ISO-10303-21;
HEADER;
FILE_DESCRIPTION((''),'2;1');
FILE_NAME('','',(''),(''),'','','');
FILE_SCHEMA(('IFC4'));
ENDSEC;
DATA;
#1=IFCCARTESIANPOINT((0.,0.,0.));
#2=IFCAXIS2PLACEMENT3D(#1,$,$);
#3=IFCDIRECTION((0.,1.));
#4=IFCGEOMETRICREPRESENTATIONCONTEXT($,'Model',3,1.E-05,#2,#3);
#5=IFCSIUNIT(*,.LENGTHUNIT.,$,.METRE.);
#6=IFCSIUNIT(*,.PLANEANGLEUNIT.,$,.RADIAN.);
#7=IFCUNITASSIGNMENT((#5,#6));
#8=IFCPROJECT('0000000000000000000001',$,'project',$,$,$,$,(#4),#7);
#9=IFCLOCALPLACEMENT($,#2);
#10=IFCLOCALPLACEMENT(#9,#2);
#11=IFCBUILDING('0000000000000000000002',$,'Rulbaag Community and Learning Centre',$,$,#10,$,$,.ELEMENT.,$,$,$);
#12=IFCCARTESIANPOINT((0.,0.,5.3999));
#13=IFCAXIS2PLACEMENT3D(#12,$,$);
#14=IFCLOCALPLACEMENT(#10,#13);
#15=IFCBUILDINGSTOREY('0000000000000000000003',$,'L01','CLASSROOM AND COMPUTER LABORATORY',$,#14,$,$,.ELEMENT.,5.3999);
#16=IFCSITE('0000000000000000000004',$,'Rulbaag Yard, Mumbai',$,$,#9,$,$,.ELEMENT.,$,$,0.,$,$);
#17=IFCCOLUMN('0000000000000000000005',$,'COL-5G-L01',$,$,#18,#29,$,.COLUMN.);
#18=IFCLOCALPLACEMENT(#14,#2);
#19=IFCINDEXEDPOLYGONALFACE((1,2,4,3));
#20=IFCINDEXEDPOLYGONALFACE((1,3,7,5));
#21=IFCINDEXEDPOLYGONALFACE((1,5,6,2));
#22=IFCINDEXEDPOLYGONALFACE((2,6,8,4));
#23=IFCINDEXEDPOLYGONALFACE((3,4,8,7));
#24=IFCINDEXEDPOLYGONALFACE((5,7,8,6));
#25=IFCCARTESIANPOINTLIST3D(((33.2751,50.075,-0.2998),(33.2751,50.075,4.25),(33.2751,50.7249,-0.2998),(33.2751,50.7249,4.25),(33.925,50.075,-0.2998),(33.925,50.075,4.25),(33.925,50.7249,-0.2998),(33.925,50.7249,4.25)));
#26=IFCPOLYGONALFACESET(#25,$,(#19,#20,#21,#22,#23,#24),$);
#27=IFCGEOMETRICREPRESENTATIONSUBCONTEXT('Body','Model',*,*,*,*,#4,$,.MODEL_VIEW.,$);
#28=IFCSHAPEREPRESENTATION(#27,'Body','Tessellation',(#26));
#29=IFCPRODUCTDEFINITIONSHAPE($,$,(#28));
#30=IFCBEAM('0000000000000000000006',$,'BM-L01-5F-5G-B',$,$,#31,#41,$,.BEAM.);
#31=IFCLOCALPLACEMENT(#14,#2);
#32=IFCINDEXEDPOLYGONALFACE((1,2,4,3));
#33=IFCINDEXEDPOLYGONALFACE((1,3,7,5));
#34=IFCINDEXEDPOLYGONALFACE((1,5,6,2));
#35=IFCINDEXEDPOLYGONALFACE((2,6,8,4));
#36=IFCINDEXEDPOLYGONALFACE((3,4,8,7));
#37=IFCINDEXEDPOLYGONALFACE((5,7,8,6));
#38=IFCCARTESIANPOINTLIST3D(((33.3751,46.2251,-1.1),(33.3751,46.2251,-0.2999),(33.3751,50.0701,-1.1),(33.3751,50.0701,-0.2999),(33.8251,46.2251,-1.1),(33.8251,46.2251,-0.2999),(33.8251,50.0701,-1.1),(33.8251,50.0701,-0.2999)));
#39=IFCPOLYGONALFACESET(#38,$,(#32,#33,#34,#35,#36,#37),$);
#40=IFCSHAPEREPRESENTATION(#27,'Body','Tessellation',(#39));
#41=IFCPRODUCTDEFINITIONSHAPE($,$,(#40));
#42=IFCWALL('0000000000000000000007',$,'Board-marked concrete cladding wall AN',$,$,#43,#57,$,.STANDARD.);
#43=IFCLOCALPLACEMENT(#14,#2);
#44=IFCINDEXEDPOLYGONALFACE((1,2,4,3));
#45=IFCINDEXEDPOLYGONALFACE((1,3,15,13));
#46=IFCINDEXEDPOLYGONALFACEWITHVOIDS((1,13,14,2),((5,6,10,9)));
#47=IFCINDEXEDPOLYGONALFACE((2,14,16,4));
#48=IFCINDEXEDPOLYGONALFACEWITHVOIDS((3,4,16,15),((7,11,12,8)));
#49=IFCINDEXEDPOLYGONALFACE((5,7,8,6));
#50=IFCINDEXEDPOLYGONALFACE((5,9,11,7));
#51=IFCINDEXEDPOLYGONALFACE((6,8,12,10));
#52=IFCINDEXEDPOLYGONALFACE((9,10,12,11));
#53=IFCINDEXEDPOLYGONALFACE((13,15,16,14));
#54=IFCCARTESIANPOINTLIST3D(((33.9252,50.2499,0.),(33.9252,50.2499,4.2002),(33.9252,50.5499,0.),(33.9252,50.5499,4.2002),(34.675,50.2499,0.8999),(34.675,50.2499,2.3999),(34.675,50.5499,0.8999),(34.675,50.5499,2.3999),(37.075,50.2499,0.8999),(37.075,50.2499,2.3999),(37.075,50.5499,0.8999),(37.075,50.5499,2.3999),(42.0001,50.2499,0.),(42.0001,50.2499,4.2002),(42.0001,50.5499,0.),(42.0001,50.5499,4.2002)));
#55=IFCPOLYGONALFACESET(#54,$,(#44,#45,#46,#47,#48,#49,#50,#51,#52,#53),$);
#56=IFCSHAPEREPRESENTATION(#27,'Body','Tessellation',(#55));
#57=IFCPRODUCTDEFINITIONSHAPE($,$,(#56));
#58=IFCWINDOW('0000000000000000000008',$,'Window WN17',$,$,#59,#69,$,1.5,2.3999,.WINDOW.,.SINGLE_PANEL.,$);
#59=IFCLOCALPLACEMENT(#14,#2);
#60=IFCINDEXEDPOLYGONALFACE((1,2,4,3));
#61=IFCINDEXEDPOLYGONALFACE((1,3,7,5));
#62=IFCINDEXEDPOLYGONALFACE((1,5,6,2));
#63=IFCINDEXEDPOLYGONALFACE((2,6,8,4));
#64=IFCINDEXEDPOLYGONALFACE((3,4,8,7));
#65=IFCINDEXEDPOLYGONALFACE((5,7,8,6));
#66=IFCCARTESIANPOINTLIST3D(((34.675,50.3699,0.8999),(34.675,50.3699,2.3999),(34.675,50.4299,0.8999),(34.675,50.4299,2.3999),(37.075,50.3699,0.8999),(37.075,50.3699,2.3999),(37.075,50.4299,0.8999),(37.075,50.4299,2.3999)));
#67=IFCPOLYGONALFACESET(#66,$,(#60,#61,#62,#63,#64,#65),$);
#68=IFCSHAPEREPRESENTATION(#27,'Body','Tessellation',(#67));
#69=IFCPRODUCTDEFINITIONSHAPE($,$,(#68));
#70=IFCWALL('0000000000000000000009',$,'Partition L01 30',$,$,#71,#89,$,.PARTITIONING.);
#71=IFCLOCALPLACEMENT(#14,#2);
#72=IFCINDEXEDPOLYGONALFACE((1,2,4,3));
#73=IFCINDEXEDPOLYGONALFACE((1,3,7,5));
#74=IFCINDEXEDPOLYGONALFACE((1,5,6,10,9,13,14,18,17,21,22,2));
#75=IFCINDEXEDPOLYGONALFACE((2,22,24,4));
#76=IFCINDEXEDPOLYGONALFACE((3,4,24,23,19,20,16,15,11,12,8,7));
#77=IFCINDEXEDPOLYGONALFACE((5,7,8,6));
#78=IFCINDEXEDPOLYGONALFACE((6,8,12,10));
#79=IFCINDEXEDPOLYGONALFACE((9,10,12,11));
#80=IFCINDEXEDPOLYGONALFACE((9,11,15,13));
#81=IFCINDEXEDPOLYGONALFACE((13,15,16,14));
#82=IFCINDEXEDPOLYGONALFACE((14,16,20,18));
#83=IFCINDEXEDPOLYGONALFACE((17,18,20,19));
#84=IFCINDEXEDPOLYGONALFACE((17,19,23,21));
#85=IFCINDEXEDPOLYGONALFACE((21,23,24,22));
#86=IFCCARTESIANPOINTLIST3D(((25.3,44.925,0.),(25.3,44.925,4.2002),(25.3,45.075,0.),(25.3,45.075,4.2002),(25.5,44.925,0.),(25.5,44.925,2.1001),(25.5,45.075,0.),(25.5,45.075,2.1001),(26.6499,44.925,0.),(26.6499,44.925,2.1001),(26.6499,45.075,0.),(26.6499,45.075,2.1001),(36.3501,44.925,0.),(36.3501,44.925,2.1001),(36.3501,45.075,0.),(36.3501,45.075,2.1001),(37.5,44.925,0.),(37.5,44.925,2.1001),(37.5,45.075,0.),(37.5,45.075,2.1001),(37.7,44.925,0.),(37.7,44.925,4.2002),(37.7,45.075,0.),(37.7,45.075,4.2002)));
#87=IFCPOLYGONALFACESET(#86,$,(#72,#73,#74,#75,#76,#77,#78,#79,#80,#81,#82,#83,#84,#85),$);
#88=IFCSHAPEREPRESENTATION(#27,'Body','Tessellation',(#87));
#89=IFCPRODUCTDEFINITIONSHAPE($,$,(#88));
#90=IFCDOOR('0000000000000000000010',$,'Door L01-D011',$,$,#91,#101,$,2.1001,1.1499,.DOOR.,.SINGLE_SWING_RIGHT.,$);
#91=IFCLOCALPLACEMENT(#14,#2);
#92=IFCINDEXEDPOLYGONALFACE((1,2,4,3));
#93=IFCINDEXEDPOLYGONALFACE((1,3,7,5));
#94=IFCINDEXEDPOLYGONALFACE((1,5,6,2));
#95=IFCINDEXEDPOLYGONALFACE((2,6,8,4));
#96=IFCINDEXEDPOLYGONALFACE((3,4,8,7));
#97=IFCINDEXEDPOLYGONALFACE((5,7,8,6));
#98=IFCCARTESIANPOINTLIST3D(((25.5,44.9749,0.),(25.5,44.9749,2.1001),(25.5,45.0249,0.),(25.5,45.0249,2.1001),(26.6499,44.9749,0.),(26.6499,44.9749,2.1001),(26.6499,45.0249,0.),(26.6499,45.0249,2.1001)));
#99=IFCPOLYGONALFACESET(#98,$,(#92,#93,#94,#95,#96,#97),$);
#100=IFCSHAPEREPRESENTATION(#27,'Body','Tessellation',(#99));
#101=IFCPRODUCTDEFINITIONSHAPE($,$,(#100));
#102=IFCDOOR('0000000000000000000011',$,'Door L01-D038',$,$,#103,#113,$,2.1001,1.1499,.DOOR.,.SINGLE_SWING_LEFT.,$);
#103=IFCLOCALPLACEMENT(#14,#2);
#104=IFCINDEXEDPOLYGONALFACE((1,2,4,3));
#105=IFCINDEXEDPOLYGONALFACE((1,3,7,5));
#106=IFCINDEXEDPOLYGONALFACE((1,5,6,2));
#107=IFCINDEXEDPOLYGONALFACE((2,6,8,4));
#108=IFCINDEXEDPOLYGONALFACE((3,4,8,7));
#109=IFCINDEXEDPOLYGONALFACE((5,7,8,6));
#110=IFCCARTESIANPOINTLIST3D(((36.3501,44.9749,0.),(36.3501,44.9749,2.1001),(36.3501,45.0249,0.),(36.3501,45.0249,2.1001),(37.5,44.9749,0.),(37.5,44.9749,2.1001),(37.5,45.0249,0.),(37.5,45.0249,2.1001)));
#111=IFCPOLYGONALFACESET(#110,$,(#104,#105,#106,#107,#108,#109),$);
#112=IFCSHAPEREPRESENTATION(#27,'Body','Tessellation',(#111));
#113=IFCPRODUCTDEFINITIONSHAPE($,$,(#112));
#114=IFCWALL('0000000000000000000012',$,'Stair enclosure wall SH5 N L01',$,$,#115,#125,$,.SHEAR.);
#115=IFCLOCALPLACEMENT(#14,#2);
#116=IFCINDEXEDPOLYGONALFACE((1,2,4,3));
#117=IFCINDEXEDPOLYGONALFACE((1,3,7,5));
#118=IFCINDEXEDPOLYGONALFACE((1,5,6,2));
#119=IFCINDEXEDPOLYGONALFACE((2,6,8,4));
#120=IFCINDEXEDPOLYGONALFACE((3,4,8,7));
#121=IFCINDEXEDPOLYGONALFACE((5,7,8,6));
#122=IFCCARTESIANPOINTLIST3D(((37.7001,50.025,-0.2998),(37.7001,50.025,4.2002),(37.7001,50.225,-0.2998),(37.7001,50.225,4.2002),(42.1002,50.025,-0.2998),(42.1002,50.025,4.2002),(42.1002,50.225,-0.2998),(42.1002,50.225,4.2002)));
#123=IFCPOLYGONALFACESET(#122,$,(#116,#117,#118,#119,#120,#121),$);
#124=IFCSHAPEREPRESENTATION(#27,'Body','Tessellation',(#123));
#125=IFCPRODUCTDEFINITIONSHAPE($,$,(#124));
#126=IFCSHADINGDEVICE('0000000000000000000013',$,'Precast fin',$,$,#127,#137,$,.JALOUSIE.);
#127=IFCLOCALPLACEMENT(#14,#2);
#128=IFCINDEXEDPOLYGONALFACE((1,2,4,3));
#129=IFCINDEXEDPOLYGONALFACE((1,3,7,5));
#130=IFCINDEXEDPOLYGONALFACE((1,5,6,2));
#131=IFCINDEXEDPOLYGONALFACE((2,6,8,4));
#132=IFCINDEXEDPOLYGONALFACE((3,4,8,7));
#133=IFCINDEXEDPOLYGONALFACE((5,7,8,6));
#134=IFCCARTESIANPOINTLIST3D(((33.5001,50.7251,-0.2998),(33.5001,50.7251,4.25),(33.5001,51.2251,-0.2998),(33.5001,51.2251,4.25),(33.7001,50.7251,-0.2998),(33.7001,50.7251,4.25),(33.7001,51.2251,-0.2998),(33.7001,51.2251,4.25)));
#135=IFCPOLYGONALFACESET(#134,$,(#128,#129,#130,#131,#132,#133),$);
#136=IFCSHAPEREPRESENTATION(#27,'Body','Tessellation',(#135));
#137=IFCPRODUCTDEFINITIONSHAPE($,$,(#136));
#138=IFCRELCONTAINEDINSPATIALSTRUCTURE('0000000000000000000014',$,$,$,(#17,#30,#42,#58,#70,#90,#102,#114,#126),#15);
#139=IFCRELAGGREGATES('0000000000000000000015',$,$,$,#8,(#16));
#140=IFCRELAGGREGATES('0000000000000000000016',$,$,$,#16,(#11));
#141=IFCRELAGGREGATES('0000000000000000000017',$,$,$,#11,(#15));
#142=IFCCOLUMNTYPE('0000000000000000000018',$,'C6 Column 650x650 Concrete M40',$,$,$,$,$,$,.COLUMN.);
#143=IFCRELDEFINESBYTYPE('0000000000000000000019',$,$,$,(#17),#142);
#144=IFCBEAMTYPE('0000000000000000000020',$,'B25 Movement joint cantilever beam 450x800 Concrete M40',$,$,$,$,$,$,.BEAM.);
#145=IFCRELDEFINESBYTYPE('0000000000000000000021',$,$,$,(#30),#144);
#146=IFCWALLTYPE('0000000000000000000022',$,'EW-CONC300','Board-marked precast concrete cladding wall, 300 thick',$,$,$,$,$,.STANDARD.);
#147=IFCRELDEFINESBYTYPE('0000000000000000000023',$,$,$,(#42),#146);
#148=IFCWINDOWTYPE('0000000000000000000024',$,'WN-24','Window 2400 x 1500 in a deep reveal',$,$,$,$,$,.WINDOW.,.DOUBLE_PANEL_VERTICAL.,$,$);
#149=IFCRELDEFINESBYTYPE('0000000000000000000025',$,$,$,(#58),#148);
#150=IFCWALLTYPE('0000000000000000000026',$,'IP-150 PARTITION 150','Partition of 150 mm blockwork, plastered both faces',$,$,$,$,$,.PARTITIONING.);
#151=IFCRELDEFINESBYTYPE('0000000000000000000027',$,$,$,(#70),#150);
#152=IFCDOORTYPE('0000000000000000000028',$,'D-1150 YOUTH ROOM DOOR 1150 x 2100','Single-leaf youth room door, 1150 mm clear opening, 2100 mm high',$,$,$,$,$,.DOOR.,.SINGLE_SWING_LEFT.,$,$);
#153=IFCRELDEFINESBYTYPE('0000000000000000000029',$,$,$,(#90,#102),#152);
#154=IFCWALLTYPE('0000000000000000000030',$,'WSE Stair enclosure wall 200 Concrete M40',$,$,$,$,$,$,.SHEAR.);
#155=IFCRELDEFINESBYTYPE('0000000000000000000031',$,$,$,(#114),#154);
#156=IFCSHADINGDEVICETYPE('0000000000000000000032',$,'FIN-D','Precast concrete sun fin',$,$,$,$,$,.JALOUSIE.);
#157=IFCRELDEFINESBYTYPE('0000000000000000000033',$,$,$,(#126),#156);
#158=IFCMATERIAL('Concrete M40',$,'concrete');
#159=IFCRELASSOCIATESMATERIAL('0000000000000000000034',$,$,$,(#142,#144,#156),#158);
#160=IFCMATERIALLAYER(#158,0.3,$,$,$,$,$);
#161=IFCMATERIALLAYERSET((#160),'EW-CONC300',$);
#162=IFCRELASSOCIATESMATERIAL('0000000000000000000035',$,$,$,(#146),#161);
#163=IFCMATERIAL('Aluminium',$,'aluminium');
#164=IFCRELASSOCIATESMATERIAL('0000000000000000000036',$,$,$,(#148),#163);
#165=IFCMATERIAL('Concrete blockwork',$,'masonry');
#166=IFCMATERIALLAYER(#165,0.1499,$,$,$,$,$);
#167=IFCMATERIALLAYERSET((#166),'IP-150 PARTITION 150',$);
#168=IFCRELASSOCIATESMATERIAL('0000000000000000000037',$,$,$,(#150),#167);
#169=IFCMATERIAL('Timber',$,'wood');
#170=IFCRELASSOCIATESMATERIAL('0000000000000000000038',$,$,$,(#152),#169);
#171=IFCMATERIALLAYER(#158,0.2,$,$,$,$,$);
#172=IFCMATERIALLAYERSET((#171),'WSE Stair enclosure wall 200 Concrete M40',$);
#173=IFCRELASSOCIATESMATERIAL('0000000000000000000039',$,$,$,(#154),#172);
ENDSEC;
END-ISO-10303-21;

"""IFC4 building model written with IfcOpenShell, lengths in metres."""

from ifc_helpers import new_model, si_unit, direction, frame, frame_2d, origin, origin_2d, place, context, subcontext, project, spatial, rectangle, extrude, material, layer, layer_set, material_profile, profile_set, type_object, element, fill, save


model = new_model("IFC4")

# Units and contexts
model_context = context("Model", 3, precision=1e-05, world=origin(), true_north=direction((0.0, 1.0)))
body_context = subcontext(model_context, "Body", "Model", "MODEL_VIEW")
ifc_project = project(units=[si_unit("LENGTHUNIT", "METRE"), si_unit("PLANEANGLEUNIT", "RADIAN")], contexts=[model_context])

# Site, building, storey
site_placement = place(None, origin())
site = spatial("IfcSite", under=ifc_project, at=site_placement, Name="Rulbaag Yard, Mumbai", CompositionType="ELEMENT", RefElevation=0.0)
building_placement = place(site_placement, origin())
building = spatial("IfcBuilding", under=site, at=building_placement, Name="Rulbaag Community and Learning Centre", CompositionType="ELEMENT")
storey_placement = place(building_placement, frame((0.0, 0.0, 5.3999)))
storey = spatial("IfcBuildingStorey", under=building, at=storey_placement, Name="L01", Description="CLASSROOM AND COMPUTER LABORATORY", CompositionType="ELEMENT", Elevation=5.3999)

# Column
ifc_material_1 = material(Name="Concrete M40", Category="concrete")
ifc_material_profile_1 = material_profile(ifc_material_1, rectangle(XDim=0.6499, YDim=0.6499, at=origin_2d()), Name="RC650x650")
ifc_profile_set_1 = profile_set([ifc_material_profile_1], Name="Concrete M40")
column_type = type_object("IfcColumnType", Name="C6 Column 650x650 Concrete M40", PredefinedType="COLUMN", material=ifc_profile_set_1)
column_placement = place(storey_placement, frame((33.6001, 50.3999, -0.2998), z_axis=(0.0, 0.0, 1.0), x_axis=(1.0, 0.0, 0.0)))
element("IfcColumn", 1, at=column_placement, inside=storey, type_object=column_type, Name="COL-5G-L01", PredefinedType="COLUMN", context=body_context, shape_type="SweptSolid", body=[
    extrude(rectangle(XDim=0.6499, YDim=0.6499, at=origin_2d()), origin(), (0.0, 0.0, 1.0), 4.5498),
])

# Beam
ifc_material_profile_2 = material_profile(ifc_material_1, rectangle(XDim=0.45, YDim=0.8, at=origin_2d()), Name="RB450x800")
ifc_profile_set_2 = profile_set([ifc_material_profile_2], Name="Concrete M40")
beam_type = type_object("IfcBeamType", Name="B25 Movement joint cantilever beam 450x800 Concrete M40", PredefinedType="BEAM", material=ifc_profile_set_2)
beam_placement = place(storey_placement, frame((33.6001, 46.2251, -0.7), z_axis=(0.0, 1.0, 0.0), x_axis=(-1.0, 0.0, 0.0)))
element("IfcBeam", 2, at=beam_placement, inside=storey, type_object=beam_type, Name="BM-L01-5F-5G-B", PredefinedType="BEAM", context=body_context, shape_type="SweptSolid", body=[
    extrude(rectangle(XDim=0.45, YDim=0.8, at=origin_2d()), origin(), (0.0, 0.0, 1.0), 3.845),
])

# Wall, opening, window
ifc_layer_1 = layer(ifc_material_1, 0.3)
ifc_layer_set_1 = layer_set([ifc_layer_1], Name="EW-CONC300")
wall_type_1 = type_object("IfcWallType", Name="EW-CONC300", Description="Board-marked precast concrete cladding wall, 300 thick", PredefinedType="STANDARD", material=ifc_layer_set_1)
wall_1_placement = place(storey_placement, frame((33.925, 50.3999, 0.0), z_axis=(0.0, 0.0, 1.0), x_axis=(1.0, 0.0, 0.0)))
wall_1 = element("IfcWall", 3, at=wall_1_placement, inside=storey, type_object=wall_type_1, Name="Board-marked concrete cladding wall AN", PredefinedType="STANDARD", context=body_context, shape_type="SweptSolid", body=[
    extrude(rectangle(XDim=8.075, YDim=0.3, at=frame_2d((4.0376, 0.0))), origin(), (0.0, 0.0, 1.0), 4.2002),
])
opening_1_placement = place(wall_1_placement, frame((0.75, 0.0, 0.8999)))
opening_1 = element("IfcOpeningElement", 4, at=opening_1_placement, cuts=wall_1, PredefinedType="OPENING", context=body_context, shape_type="SweptSolid", body=[
    extrude(rectangle(XDim=2.3999, YDim=1.5, at=frame_2d((1.2, 0.75))), frame((0.0, 0.1599, 0.0), z_axis=(0.0, -1.0, 0.0), x_axis=(1.0, 0.0, 0.0)), (0.0, 0.0, 1.0), 0.3201),
])
ifc_material_2 = material(Name="Aluminium", Category="aluminium")
window_type = type_object("IfcWindowType", Name="WN-24", Description="Window 2400 x 1500 in a deep reveal", PartitioningType="DOUBLE_PANEL_VERTICAL", PredefinedType="WINDOW", material=ifc_material_2)
window_placement = place(opening_1_placement, origin())
window = element("IfcWindow", 5, at=window_placement, inside=storey, type_object=window_type, Name="Window WN17", OverallHeight=1.5, OverallWidth=2.3999, PartitioningType="SINGLE_PANEL", PredefinedType="WINDOW", context=body_context, shape_type="SweptSolid", body=[
    extrude(rectangle(XDim=2.3999, YDim=1.5, at=frame_2d((1.2, 0.75))), frame((0.0, 0.03, 0.0), z_axis=(0.0, -1.0, 0.0), x_axis=(1.0, 0.0, 0.0)), (0.0, 0.0, 1.0), 0.0601),
])
fill(opening_1, window)

# Wall, openings, doors
ifc_material_3 = material(Name="Concrete blockwork", Category="masonry")
ifc_layer_2 = layer(ifc_material_3, 0.1499)
ifc_layer_set_2 = layer_set([ifc_layer_2], Name="IP-150 PARTITION 150")
wall_type_2 = type_object("IfcWallType", Name="IP-150 PARTITION 150", Description="Partition of 150 mm blockwork, plastered both faces", PredefinedType="PARTITIONING", material=ifc_layer_set_2)
wall_2_placement = place(storey_placement, frame((25.3, 45.0, 0.0), z_axis=(0.0, 0.0, 1.0), x_axis=(1.0, 0.0, 0.0)))
wall_2 = element("IfcWall", 6, at=wall_2_placement, inside=storey, type_object=wall_type_2, Name="Partition L01 30", PredefinedType="PARTITIONING", context=body_context, shape_type="SweptSolid", body=[
    extrude(rectangle(XDim=12.3999, YDim=0.1499, at=frame_2d((6.2, 0.0))), origin(), (0.0, 0.0, 1.0), 4.2002),
])
opening_2_placement = place(wall_2_placement, frame((0.2, 0.0, 0.0)))
opening_2 = element("IfcOpeningElement", 7, at=opening_2_placement, cuts=wall_2, PredefinedType="OPENING", context=body_context, shape_type="SweptSolid", body=[
    extrude(rectangle(XDim=1.1499, YDim=2.1001, at=frame_2d((0.575, 1.05))), frame((0.0, 0.085, 0.0), z_axis=(0.0, -1.0, 0.0), x_axis=(1.0, 0.0, 0.0)), (0.0, 0.0, 1.0), 0.1699),
])
opening_3_placement = place(wall_2_placement, frame((11.05, 0.0, 0.0)))
opening_3 = element("IfcOpeningElement", 8, at=opening_3_placement, cuts=wall_2, PredefinedType="OPENING", context=body_context, shape_type="SweptSolid", body=[
    extrude(rectangle(XDim=1.1499, YDim=2.1001, at=frame_2d((0.575, 1.05))), frame((0.0, 0.085, 0.0), z_axis=(0.0, -1.0, 0.0), x_axis=(1.0, 0.0, 0.0)), (0.0, 0.0, 1.0), 0.1699),
])
ifc_material_4 = material(Name="Timber", Category="wood")
door_type = type_object("IfcDoorType", Name="D-1150 YOUTH ROOM DOOR 1150 x 2100", Description="Single-leaf youth room door, 1150 mm clear opening, 2100 mm high", OperationType="SINGLE_SWING_LEFT", PredefinedType="DOOR", material=ifc_material_4)
door_1_placement = place(opening_2_placement, origin())
door_1 = element("IfcDoor", 9, at=door_1_placement, inside=storey, type_object=door_type, Name="Door L01-D011", OperationType="SINGLE_SWING_RIGHT", OverallHeight=2.1001, OverallWidth=1.1499, PredefinedType="DOOR", context=body_context, shape_type="SweptSolid", body=[
    extrude(rectangle(XDim=1.1499, YDim=2.1001, at=frame_2d((0.575, 1.05))), frame((0.0, 0.0249, 0.0), z_axis=(0.0, -1.0, 0.0), x_axis=(1.0, 0.0, 0.0)), (0.0, 0.0, 1.0), 0.05),
])
fill(opening_2, door_1)
door_2_placement = place(opening_3_placement, origin())
door_2 = element("IfcDoor", 10, at=door_2_placement, inside=storey, type_object=door_type, Name="Door L01-D038", OperationType="SINGLE_SWING_LEFT", OverallHeight=2.1001, OverallWidth=1.1499, PredefinedType="DOOR", context=body_context, shape_type="SweptSolid", body=[
    extrude(rectangle(XDim=1.1499, YDim=2.1001, at=frame_2d((0.575, 1.05))), frame((0.0, 0.0249, 0.0), z_axis=(0.0, -1.0, 0.0), x_axis=(1.0, 0.0, 0.0)), (0.0, 0.0, 1.0), 0.05),
])
fill(opening_3, door_2)

# Wall
ifc_layer_3 = layer(ifc_material_1, 0.2)
ifc_layer_set_3 = layer_set([ifc_layer_3], Name="WSE Stair enclosure wall 200 Concrete M40")
wall_type_3 = type_object("IfcWallType", Name="WSE Stair enclosure wall 200 Concrete M40", PredefinedType="SHEAR", material=ifc_layer_set_3)
wall_3_placement = place(storey_placement, frame((37.7, 50.125, -0.2998), z_axis=(0.0, 0.0, 1.0), x_axis=(1.0, 0.0, 0.0)))
element("IfcWall", 11, at=wall_3_placement, inside=storey, type_object=wall_type_3, Name="Stair enclosure wall SH5 N L01", PredefinedType="SHEAR", context=body_context, shape_type="SweptSolid", body=[
    extrude(rectangle(XDim=4.4001, YDim=0.2, at=frame_2d((2.2002, 0.0))), origin(), (0.0, 0.0, 1.0), 4.5),
])

# Shading device
ifc_material_profile_3 = material_profile(ifc_material_1, rectangle(XDim=0.2, YDim=0.5, at=origin_2d()), Name="PC 200x500")
ifc_profile_set_3 = profile_set([ifc_material_profile_3], Name="Concrete M40")
shading_device_type = type_object("IfcShadingDeviceType", Name="FIN-D", Description="Precast concrete sun fin", PredefinedType="JALOUSIE", material=ifc_profile_set_3)
shading_device_placement = place(storey_placement, frame((33.6001, 50.9751, -0.2998), z_axis=(0.0, 0.0, 1.0), x_axis=(1.0, 0.0, 0.0)))
element("IfcShadingDevice", 12, at=shading_device_placement, inside=storey, type_object=shading_device_type, Name="Precast fin", PredefinedType="JALOUSIE", context=body_context, shape_type="SweptSolid", body=[
    extrude(rectangle(XDim=0.2, YDim=0.5, at=origin_2d()), origin(), (0.0, 0.0, 1.0), 4.5498),
])

save(model, "model.ifc")
